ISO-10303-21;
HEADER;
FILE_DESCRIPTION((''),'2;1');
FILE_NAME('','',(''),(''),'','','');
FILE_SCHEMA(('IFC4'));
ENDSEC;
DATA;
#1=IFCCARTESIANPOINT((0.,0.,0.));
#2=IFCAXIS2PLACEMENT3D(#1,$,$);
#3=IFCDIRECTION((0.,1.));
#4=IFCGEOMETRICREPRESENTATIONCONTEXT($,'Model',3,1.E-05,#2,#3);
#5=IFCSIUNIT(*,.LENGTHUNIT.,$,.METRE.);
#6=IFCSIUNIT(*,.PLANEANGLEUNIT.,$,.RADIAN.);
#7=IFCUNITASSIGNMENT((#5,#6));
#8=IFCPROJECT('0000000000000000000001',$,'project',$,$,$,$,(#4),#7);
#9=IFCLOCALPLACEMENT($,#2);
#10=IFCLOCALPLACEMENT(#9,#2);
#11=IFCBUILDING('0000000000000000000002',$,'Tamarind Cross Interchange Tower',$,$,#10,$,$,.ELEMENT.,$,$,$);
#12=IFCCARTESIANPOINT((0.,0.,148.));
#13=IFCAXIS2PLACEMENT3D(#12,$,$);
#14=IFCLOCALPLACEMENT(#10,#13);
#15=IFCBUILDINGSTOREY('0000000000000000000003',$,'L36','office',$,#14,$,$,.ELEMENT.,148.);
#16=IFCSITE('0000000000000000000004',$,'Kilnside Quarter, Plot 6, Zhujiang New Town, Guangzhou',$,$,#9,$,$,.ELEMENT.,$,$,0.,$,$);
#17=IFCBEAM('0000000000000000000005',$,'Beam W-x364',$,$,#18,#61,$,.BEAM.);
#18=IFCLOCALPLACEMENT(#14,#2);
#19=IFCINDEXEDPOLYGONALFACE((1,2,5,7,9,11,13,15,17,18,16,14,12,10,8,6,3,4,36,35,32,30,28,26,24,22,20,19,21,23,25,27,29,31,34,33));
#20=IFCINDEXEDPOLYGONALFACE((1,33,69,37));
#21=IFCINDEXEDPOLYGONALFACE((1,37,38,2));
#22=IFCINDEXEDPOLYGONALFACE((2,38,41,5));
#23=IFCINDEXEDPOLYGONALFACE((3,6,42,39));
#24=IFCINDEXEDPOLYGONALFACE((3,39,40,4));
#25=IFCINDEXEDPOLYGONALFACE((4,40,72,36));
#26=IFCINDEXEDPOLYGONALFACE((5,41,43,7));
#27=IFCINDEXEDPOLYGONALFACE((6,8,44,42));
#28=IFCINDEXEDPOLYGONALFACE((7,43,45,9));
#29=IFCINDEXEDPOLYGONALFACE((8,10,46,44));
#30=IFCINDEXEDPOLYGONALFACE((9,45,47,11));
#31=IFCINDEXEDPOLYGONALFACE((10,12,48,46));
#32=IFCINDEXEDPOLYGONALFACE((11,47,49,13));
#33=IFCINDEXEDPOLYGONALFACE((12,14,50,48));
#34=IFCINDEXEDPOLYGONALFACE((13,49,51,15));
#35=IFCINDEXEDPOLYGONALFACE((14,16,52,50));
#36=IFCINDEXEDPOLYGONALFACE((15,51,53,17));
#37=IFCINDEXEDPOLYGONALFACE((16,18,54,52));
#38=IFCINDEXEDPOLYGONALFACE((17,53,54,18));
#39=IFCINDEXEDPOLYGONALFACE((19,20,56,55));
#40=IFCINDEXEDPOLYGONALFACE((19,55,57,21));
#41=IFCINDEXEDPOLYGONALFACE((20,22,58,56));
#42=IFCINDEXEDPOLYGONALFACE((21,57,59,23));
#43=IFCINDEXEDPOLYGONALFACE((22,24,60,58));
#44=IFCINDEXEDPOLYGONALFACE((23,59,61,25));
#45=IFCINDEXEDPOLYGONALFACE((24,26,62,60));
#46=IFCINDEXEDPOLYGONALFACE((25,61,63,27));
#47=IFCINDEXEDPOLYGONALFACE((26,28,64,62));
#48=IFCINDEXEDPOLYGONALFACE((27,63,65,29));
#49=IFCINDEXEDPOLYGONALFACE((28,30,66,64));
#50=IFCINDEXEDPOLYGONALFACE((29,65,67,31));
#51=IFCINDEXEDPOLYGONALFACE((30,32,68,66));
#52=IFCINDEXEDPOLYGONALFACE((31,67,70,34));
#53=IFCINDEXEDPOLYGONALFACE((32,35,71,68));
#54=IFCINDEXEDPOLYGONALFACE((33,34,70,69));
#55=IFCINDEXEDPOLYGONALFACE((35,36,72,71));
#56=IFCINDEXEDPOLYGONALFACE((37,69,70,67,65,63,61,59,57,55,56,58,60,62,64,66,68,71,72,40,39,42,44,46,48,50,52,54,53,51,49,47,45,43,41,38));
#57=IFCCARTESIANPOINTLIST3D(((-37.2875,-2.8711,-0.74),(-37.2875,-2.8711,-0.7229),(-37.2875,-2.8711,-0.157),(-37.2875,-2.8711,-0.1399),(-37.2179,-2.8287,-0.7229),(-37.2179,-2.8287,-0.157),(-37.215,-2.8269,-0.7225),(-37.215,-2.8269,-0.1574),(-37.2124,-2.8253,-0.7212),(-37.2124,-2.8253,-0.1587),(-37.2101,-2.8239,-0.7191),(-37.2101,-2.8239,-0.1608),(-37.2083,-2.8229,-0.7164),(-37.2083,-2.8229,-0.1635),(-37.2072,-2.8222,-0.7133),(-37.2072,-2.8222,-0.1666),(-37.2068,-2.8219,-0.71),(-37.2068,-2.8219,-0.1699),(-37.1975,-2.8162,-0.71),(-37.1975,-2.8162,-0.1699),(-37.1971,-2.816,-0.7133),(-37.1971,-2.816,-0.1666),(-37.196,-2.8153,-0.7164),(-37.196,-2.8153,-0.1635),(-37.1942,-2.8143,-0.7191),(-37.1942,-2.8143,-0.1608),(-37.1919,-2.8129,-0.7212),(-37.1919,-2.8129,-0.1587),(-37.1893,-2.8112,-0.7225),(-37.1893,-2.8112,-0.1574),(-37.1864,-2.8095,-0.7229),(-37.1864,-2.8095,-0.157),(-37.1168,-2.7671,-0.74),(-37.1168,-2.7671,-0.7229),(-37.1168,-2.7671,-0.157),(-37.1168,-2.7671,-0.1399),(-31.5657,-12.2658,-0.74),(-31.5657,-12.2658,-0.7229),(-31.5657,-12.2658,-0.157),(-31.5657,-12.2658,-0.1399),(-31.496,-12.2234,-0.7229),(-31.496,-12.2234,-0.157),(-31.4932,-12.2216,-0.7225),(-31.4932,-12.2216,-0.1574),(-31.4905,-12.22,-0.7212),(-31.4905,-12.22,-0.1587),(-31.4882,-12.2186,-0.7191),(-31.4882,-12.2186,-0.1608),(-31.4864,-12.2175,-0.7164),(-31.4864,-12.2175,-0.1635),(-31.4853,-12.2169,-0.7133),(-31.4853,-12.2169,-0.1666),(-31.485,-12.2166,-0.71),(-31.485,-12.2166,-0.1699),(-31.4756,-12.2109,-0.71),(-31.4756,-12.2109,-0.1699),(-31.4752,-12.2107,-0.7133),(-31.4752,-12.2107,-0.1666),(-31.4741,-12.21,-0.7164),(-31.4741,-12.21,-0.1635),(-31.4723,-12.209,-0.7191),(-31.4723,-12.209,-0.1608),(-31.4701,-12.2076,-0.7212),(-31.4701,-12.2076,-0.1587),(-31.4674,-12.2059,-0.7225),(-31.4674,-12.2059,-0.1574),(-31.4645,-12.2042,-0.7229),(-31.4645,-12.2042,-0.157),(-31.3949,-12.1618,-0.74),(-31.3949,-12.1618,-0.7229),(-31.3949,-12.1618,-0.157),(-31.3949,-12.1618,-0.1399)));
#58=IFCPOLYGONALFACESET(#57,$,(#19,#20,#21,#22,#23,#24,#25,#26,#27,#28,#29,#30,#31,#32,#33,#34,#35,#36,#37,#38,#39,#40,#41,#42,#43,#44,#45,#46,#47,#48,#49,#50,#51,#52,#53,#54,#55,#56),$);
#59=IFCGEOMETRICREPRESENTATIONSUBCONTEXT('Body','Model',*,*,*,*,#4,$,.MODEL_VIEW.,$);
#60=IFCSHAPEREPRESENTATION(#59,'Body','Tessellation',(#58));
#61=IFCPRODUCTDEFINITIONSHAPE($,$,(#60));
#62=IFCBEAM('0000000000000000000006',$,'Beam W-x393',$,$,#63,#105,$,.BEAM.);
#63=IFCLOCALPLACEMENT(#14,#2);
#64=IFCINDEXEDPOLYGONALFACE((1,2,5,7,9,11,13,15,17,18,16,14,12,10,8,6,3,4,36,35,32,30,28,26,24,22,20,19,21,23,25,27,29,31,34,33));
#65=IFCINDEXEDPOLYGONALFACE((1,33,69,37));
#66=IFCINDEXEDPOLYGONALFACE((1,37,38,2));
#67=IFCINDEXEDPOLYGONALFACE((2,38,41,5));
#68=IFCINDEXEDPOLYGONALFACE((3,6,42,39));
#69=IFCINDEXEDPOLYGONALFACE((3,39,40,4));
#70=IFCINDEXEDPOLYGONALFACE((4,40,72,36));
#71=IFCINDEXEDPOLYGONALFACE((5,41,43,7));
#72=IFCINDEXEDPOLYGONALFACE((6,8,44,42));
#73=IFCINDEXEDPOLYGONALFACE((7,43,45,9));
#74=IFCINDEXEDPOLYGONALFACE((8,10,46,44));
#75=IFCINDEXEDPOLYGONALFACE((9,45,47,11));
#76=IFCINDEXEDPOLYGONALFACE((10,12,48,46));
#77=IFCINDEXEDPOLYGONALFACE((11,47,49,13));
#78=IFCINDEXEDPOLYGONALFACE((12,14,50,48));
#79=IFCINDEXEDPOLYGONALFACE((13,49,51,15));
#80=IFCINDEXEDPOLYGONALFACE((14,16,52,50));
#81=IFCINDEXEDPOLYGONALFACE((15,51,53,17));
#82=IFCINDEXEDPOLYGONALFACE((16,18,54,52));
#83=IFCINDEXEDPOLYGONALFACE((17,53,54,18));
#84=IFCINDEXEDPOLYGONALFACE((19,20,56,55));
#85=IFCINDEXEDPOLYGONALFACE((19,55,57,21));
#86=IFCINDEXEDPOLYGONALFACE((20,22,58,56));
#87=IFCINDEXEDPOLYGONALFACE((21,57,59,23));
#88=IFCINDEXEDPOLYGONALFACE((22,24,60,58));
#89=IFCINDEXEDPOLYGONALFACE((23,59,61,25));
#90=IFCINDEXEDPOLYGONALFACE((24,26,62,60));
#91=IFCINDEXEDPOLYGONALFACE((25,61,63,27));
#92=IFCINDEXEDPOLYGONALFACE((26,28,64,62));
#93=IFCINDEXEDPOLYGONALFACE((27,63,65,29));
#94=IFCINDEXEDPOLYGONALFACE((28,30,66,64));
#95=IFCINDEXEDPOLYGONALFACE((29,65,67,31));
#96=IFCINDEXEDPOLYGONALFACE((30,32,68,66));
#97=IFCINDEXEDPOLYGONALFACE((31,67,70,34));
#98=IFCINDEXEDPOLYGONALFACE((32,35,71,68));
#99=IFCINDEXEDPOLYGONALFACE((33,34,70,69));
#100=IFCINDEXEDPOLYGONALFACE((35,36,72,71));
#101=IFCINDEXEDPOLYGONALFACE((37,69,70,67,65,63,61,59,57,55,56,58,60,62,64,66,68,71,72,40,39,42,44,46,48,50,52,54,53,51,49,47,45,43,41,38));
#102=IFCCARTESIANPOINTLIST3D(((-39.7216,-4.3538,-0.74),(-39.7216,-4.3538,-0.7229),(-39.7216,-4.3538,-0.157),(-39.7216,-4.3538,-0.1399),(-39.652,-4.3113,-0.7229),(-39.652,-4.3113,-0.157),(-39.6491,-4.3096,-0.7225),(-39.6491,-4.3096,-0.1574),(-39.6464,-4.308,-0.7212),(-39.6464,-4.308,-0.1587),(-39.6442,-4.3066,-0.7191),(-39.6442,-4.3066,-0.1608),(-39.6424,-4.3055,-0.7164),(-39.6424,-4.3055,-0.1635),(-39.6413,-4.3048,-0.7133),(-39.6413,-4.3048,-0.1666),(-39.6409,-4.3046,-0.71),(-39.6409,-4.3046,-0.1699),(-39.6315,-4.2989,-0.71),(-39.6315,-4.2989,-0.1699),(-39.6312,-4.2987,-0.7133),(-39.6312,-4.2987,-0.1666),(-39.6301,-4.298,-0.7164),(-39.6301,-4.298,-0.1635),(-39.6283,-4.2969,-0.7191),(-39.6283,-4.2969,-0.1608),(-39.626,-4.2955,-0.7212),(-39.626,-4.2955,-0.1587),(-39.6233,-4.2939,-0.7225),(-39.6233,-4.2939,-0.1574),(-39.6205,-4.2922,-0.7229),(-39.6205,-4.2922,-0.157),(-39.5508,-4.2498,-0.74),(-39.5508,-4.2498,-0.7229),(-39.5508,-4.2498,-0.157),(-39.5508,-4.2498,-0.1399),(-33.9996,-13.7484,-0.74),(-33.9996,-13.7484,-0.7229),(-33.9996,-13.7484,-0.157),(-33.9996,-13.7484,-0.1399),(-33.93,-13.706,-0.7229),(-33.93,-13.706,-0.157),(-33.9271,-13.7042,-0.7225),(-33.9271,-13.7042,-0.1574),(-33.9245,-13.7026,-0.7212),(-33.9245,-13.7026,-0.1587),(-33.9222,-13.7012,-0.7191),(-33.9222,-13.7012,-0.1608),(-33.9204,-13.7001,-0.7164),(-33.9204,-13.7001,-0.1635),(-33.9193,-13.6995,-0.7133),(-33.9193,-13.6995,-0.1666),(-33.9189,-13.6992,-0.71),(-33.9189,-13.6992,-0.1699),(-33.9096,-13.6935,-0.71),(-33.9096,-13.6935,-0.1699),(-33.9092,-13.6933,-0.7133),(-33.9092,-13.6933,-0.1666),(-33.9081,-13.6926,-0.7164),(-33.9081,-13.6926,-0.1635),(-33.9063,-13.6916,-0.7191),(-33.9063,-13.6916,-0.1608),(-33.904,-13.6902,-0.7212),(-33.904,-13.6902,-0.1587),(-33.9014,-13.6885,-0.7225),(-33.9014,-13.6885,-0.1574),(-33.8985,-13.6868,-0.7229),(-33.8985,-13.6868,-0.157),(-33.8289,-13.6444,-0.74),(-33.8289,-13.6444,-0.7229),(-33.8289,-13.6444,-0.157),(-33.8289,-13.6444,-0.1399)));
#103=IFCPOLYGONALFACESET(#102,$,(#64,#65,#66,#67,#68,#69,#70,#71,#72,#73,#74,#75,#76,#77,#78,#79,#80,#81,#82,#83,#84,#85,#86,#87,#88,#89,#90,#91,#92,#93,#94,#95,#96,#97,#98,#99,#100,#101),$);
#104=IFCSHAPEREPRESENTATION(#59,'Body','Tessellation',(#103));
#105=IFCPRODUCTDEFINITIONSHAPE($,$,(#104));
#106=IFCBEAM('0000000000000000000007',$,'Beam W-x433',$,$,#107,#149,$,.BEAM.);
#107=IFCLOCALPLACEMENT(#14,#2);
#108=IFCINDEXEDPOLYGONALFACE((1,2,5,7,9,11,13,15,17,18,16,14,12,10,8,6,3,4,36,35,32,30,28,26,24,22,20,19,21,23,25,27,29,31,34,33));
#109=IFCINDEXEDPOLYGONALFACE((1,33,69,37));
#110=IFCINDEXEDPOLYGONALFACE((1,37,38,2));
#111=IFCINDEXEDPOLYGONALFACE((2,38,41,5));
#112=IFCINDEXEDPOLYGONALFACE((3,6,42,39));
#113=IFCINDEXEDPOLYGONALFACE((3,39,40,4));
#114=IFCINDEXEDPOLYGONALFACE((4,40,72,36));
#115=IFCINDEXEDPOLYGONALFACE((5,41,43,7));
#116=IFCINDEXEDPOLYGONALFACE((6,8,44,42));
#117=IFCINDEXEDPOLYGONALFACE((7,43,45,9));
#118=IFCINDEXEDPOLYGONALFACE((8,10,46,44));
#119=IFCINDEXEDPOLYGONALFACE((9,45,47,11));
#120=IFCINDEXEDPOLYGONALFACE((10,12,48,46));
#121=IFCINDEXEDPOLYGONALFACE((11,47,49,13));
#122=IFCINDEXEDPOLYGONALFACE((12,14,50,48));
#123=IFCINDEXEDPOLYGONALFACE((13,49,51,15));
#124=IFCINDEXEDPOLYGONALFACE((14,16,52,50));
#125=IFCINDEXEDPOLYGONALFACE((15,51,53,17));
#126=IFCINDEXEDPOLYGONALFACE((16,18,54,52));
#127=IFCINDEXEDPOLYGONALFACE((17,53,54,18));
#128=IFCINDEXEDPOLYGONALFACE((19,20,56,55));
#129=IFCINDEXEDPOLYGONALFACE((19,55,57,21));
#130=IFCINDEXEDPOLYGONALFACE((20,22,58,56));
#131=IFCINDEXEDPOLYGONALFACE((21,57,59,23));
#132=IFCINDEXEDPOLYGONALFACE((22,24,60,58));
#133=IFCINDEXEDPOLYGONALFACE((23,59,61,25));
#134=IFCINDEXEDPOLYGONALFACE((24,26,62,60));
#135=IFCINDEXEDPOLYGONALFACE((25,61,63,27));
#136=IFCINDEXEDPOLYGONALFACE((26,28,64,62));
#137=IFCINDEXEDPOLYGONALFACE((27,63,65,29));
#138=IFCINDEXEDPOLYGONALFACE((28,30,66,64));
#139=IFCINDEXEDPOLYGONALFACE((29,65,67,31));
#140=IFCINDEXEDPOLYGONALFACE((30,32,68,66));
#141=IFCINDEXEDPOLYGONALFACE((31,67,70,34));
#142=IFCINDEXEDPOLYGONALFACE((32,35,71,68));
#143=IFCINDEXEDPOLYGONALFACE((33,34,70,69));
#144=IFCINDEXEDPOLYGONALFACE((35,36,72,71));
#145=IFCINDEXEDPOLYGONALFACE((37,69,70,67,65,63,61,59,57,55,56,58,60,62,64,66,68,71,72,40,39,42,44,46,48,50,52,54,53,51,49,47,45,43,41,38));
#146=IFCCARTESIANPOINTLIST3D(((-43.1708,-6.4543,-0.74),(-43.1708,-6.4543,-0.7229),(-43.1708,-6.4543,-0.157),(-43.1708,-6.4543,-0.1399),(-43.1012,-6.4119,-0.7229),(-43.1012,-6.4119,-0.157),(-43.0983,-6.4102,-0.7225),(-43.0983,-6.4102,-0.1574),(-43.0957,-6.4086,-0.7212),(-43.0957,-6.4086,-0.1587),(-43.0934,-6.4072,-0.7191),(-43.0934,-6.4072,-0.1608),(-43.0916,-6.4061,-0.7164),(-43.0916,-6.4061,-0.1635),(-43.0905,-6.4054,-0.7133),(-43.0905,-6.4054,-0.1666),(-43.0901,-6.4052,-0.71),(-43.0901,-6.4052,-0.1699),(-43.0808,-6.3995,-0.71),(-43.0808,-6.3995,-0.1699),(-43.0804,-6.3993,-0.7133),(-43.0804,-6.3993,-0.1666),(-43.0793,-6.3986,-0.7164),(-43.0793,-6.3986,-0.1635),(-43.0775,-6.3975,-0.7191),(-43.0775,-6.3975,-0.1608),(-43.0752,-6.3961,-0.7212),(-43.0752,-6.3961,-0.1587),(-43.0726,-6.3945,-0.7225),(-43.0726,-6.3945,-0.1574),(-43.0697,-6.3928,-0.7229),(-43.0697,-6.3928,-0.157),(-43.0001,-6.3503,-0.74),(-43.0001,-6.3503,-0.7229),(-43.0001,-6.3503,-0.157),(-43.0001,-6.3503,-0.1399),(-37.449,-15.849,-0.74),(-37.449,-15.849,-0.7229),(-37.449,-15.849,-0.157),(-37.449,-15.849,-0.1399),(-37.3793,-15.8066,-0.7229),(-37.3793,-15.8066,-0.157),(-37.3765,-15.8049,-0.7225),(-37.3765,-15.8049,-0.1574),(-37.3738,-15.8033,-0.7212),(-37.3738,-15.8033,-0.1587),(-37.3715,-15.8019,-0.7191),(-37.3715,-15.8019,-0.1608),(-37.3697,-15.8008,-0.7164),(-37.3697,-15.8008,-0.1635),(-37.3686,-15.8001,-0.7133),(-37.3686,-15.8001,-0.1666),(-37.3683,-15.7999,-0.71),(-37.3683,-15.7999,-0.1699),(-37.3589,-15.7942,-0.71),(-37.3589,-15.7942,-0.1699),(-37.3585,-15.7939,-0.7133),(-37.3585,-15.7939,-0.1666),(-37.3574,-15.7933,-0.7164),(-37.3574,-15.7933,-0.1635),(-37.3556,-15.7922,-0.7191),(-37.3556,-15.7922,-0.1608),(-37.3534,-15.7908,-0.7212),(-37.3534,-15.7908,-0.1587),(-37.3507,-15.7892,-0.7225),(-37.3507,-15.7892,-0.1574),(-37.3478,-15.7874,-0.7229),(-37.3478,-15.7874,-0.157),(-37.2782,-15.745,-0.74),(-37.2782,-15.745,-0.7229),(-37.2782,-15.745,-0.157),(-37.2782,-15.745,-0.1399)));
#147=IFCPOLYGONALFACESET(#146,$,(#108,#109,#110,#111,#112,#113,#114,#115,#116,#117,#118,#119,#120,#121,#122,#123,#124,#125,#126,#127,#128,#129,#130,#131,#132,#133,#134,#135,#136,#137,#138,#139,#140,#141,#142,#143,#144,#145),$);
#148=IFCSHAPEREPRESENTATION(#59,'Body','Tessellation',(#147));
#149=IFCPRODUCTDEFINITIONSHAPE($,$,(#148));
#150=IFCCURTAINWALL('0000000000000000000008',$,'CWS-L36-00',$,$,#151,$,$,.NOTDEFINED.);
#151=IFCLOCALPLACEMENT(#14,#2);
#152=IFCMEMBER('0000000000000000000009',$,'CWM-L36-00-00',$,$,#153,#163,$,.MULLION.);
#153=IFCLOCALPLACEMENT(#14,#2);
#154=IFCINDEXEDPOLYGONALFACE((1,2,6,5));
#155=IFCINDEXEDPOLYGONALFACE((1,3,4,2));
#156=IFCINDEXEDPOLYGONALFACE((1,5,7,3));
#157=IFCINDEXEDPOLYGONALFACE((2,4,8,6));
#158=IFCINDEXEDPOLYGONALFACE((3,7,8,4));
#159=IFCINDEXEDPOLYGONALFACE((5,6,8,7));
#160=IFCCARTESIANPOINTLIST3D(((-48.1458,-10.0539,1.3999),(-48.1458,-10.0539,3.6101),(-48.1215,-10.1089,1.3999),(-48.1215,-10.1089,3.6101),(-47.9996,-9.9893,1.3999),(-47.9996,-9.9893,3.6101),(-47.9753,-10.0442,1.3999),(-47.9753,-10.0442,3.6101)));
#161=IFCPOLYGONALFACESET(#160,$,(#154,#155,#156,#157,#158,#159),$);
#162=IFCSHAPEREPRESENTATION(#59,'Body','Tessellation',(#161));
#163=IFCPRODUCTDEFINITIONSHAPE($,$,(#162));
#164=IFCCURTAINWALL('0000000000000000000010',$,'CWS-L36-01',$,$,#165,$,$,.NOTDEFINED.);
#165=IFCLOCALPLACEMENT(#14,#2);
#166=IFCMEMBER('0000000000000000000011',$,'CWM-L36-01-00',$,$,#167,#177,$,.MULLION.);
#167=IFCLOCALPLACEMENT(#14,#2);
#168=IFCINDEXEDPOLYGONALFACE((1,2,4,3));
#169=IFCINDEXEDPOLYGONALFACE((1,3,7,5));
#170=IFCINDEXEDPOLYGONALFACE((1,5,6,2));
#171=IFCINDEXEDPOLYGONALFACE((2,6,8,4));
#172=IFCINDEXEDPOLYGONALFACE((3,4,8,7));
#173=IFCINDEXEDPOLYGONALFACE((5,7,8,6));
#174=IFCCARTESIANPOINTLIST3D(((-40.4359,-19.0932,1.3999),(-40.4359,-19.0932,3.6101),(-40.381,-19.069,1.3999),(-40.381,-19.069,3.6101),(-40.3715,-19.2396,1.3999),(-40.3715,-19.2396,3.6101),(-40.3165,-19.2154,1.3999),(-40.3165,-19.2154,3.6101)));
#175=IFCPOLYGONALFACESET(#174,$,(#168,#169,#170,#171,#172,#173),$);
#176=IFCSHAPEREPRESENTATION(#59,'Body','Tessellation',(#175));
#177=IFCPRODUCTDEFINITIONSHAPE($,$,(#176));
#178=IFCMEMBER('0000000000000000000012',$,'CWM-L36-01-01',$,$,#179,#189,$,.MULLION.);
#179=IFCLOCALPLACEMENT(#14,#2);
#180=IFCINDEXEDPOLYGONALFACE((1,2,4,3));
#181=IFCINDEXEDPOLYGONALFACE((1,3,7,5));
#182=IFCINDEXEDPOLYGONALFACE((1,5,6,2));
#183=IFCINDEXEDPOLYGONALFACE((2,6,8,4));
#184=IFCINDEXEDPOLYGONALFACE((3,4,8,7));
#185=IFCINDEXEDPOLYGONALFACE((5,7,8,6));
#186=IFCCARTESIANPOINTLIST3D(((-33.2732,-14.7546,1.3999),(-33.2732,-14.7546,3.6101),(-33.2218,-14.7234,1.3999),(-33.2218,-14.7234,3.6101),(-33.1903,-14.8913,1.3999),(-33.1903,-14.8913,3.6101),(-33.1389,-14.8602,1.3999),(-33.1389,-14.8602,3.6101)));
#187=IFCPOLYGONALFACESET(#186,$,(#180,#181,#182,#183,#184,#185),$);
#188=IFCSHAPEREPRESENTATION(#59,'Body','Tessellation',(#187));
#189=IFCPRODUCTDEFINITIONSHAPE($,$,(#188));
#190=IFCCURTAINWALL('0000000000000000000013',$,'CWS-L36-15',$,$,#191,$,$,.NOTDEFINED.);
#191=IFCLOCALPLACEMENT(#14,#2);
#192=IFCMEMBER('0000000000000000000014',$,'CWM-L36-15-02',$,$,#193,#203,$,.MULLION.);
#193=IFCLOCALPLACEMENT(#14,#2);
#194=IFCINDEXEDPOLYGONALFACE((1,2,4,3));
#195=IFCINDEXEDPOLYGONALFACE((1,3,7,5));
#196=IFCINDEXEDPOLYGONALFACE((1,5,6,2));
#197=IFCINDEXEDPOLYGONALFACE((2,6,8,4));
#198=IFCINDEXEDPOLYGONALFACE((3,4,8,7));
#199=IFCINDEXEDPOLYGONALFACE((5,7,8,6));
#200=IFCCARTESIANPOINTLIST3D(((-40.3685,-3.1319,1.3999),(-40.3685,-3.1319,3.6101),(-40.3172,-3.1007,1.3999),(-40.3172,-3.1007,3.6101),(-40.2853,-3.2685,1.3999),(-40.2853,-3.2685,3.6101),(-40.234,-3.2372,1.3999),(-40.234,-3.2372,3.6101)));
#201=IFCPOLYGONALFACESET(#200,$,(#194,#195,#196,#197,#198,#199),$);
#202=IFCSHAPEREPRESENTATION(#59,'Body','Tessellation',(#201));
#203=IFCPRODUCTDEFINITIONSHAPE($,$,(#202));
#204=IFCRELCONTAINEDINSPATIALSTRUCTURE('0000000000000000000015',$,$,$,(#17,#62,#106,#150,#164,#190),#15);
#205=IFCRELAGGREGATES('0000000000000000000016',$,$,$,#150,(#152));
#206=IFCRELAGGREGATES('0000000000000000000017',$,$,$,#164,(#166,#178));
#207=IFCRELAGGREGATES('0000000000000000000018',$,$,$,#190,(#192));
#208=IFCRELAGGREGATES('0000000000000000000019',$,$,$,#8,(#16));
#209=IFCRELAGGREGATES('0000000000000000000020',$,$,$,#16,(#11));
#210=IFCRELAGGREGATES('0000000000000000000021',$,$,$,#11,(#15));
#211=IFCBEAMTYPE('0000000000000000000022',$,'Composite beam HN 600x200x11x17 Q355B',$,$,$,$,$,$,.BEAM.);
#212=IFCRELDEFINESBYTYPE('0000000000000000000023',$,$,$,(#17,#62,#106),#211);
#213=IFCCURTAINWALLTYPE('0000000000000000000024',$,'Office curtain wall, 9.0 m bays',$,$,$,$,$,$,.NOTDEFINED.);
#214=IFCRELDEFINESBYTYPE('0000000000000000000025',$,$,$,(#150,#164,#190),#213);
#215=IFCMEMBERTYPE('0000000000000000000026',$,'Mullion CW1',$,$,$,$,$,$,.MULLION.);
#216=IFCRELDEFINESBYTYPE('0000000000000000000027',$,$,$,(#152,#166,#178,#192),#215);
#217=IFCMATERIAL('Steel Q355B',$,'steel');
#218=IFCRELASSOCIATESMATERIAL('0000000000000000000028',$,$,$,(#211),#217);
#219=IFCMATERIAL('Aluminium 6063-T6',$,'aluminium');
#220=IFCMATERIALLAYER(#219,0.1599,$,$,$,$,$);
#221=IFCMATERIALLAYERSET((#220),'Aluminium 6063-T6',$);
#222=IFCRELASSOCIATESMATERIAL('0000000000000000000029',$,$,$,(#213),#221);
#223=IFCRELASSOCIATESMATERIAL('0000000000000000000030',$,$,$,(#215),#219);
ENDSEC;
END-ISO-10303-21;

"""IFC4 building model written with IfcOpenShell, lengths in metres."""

from ifc_helpers import new_model, si_unit, direction, frame, origin, origin_2d, place, context, subcontext, project, spatial, rectangle, i_section, extrude, material, layer, layer_set, material_profile, profile_set, type_object, element, aggregate, save


model = new_model("IFC4")

# Units and contexts
model_context = context("Model", 3, precision=1e-05, world=origin(), true_north=direction((0.0, 1.0)))
body_context = subcontext(model_context, "Body", "Model", "MODEL_VIEW")
ifc_project = project(units=[si_unit("LENGTHUNIT", "METRE"), si_unit("PLANEANGLEUNIT", "RADIAN")], contexts=[model_context])

# Site, building, storey
site_placement = place(None, origin())
site = spatial("IfcSite", under=ifc_project, at=site_placement, Name="Kilnside Quarter, Plot 6, Zhujiang New Town, Guangzhou", CompositionType="ELEMENT", RefElevation=0.0)
building_placement = place(site_placement, origin())
building = spatial("IfcBuilding", under=site, at=building_placement, Name="Tamarind Cross Interchange Tower", CompositionType="ELEMENT")
storey_placement = place(building_placement, frame((0.0, 0.0, 148.0)))
storey = spatial("IfcBuildingStorey", under=building, at=storey_placement, Name="L36", Description="office", CompositionType="ELEMENT", Elevation=148.0)

# Beams
ifc_material_1 = material(Name="Steel Q355B", Category="steel")
ifc_material_profile_1 = material_profile(ifc_material_1, i_section(OverallWidth=0.2, OverallDepth=0.6001, WebThickness=0.011, FlangeThickness=0.0171, FilletRadius=0.0129, at=origin_2d()), Name="HN 600x200x11x17")
ifc_profile_set_1 = profile_set([ifc_material_profile_1], Name="Steel Q355B")
beam_type_1 = type_object("IfcBeamType", Name="Composite beam HN 600x200x11x17 Q355B", PredefinedType="BEAM", material=ifc_profile_set_1)
for number, where, z_axis, x_axis, name in (
    (1, (-37.2021, -2.8191, -0.4399), (0.52017, -0.854063, 0.0), (0.854063, 0.52017, 0.0), "Beam W-x364"),
    (2, (-39.6362, -4.3018, -0.4399), (0.52018, -0.854057, 0.0), (0.854057, 0.52018, 0.0), "Beam W-x393"),
    (3, (-43.0854, -6.4023, -0.4399), (0.52017, -0.854063, 0.0), (0.854063, 0.52017, 0.0), "Beam W-x433"),
):
    element("IfcBeam", number, at=place(storey_placement, frame(where, z_axis=z_axis, x_axis=x_axis)), inside=storey, type_object=beam_type_1, Name=name, PredefinedType="BEAM", context=body_context, shape_type="SweptSolid", body=[
        extrude(i_section(OverallWidth=0.2, OverallDepth=0.6001, WebThickness=0.011, FlangeThickness=0.0171, FilletRadius=0.0129, at=origin_2d()), origin(), (0.0, 0.0, 1.0), 11.0),
    ])

# Curtain wall, member
ifc_material_2 = material(Name="Aluminium 6063-T6", Category="aluminium")
ifc_layer_1 = layer(ifc_material_2, 0.1599)
ifc_layer_set_1 = layer_set([ifc_layer_1], Name="Aluminium 6063-T6")
curtain_wall_type = type_object("IfcCurtainWallType", Name="Office curtain wall, 9.0 m bays", PredefinedType="NOTDEFINED", material=ifc_layer_set_1)
curtain_wall_1_placement = place(storey_placement, origin())
curtain_wall_1 = element("IfcCurtainWall", 4, at=curtain_wall_1_placement, inside=storey, type_object=curtain_wall_type, Name="CWS-L36-00", PredefinedType="NOTDEFINED")
ifc_material_profile_2 = material_profile(ifc_material_2, rectangle(XDim=0.0601, YDim=0.1599, at=origin_2d()), Name="Mullion CW1")
ifc_profile_set_2 = profile_set([ifc_material_profile_2], Name="Aluminium 6063-T6")
member_type = type_object("IfcMemberType", Name="Mullion CW1", PredefinedType="MULLION", material=ifc_profile_set_2)
member_1_placement = place(storey_placement, frame((-48.0605, -10.0491, 1.3999), z_axis=(0.0, 0.0, 1.0), x_axis=(0.404248, -0.914649, 0.0)))
member_1 = element("IfcMember", 5, at=member_1_placement, type_object=member_type, Name="CWM-L36-00-00", PredefinedType="MULLION", context=body_context, shape_type="SweptSolid", body=[
    extrude(rectangle(XDim=0.0601, YDim=0.1599, at=origin_2d()), origin(), (0.0, 0.0, 1.0), 2.2102),
])
aggregate(curtain_wall_1, [member_1])

# Curtain wall, members
curtain_wall_2_placement = place(storey_placement, origin())
curtain_wall_2 = element("IfcCurtainWall", 6, at=curtain_wall_2_placement, inside=storey, type_object=curtain_wall_type, Name="CWS-L36-01", PredefinedType="NOTDEFINED")
member_2_placement = place(storey_placement, frame((-40.3762, -19.1543, 1.3999), z_axis=(0.0, 0.0, 1.0), x_axis=(0.915063, 0.403311, 0.0)))
member_2 = element("IfcMember", 7, at=member_2_placement, type_object=member_type, Name="CWM-L36-01-00", PredefinedType="MULLION", context=body_context, shape_type="SweptSolid", body=[
    extrude(rectangle(XDim=0.0601, YDim=0.1599, at=origin_2d()), origin(), (0.0, 0.0, 1.0), 2.2102),
])
member_3_placement = place(storey_placement, frame((-33.2061, -14.8074, 1.3999), z_axis=(0.0, 0.0, 1.0), x_axis=(0.855123, 0.518425, 0.0)))
member_3 = element("IfcMember", 8, at=member_3_placement, type_object=member_type, Name="CWM-L36-01-01", PredefinedType="MULLION", context=body_context, shape_type="SweptSolid", body=[
    extrude(rectangle(XDim=0.0601, YDim=0.1599, at=origin_2d()), origin(), (0.0, 0.0, 1.0), 2.2102),
])
aggregate(curtain_wall_2, [member_2, member_3])

# Curtain wall, member
curtain_wall_3_placement = place(storey_placement, origin())
curtain_wall_3 = element("IfcCurtainWall", 9, at=curtain_wall_3_placement, inside=storey, type_object=curtain_wall_type, Name="CWS-L36-15", PredefinedType="NOTDEFINED")
member_4_placement = place(storey_placement, frame((-40.3013, -3.1846, 1.3999), z_axis=(0.0, 0.0, 1.0), x_axis=(-0.85406, -0.520175, 0.0)))
member_4 = element("IfcMember", 10, at=member_4_placement, type_object=member_type, Name="CWM-L36-15-02", PredefinedType="MULLION", context=body_context, shape_type="SweptSolid", body=[
    extrude(rectangle(XDim=0.0601, YDim=0.1599, at=origin_2d()), origin(), (0.0, 0.0, 1.0), 2.2102),
])
aggregate(curtain_wall_3, [member_4])

save(model, "model.ifc")
